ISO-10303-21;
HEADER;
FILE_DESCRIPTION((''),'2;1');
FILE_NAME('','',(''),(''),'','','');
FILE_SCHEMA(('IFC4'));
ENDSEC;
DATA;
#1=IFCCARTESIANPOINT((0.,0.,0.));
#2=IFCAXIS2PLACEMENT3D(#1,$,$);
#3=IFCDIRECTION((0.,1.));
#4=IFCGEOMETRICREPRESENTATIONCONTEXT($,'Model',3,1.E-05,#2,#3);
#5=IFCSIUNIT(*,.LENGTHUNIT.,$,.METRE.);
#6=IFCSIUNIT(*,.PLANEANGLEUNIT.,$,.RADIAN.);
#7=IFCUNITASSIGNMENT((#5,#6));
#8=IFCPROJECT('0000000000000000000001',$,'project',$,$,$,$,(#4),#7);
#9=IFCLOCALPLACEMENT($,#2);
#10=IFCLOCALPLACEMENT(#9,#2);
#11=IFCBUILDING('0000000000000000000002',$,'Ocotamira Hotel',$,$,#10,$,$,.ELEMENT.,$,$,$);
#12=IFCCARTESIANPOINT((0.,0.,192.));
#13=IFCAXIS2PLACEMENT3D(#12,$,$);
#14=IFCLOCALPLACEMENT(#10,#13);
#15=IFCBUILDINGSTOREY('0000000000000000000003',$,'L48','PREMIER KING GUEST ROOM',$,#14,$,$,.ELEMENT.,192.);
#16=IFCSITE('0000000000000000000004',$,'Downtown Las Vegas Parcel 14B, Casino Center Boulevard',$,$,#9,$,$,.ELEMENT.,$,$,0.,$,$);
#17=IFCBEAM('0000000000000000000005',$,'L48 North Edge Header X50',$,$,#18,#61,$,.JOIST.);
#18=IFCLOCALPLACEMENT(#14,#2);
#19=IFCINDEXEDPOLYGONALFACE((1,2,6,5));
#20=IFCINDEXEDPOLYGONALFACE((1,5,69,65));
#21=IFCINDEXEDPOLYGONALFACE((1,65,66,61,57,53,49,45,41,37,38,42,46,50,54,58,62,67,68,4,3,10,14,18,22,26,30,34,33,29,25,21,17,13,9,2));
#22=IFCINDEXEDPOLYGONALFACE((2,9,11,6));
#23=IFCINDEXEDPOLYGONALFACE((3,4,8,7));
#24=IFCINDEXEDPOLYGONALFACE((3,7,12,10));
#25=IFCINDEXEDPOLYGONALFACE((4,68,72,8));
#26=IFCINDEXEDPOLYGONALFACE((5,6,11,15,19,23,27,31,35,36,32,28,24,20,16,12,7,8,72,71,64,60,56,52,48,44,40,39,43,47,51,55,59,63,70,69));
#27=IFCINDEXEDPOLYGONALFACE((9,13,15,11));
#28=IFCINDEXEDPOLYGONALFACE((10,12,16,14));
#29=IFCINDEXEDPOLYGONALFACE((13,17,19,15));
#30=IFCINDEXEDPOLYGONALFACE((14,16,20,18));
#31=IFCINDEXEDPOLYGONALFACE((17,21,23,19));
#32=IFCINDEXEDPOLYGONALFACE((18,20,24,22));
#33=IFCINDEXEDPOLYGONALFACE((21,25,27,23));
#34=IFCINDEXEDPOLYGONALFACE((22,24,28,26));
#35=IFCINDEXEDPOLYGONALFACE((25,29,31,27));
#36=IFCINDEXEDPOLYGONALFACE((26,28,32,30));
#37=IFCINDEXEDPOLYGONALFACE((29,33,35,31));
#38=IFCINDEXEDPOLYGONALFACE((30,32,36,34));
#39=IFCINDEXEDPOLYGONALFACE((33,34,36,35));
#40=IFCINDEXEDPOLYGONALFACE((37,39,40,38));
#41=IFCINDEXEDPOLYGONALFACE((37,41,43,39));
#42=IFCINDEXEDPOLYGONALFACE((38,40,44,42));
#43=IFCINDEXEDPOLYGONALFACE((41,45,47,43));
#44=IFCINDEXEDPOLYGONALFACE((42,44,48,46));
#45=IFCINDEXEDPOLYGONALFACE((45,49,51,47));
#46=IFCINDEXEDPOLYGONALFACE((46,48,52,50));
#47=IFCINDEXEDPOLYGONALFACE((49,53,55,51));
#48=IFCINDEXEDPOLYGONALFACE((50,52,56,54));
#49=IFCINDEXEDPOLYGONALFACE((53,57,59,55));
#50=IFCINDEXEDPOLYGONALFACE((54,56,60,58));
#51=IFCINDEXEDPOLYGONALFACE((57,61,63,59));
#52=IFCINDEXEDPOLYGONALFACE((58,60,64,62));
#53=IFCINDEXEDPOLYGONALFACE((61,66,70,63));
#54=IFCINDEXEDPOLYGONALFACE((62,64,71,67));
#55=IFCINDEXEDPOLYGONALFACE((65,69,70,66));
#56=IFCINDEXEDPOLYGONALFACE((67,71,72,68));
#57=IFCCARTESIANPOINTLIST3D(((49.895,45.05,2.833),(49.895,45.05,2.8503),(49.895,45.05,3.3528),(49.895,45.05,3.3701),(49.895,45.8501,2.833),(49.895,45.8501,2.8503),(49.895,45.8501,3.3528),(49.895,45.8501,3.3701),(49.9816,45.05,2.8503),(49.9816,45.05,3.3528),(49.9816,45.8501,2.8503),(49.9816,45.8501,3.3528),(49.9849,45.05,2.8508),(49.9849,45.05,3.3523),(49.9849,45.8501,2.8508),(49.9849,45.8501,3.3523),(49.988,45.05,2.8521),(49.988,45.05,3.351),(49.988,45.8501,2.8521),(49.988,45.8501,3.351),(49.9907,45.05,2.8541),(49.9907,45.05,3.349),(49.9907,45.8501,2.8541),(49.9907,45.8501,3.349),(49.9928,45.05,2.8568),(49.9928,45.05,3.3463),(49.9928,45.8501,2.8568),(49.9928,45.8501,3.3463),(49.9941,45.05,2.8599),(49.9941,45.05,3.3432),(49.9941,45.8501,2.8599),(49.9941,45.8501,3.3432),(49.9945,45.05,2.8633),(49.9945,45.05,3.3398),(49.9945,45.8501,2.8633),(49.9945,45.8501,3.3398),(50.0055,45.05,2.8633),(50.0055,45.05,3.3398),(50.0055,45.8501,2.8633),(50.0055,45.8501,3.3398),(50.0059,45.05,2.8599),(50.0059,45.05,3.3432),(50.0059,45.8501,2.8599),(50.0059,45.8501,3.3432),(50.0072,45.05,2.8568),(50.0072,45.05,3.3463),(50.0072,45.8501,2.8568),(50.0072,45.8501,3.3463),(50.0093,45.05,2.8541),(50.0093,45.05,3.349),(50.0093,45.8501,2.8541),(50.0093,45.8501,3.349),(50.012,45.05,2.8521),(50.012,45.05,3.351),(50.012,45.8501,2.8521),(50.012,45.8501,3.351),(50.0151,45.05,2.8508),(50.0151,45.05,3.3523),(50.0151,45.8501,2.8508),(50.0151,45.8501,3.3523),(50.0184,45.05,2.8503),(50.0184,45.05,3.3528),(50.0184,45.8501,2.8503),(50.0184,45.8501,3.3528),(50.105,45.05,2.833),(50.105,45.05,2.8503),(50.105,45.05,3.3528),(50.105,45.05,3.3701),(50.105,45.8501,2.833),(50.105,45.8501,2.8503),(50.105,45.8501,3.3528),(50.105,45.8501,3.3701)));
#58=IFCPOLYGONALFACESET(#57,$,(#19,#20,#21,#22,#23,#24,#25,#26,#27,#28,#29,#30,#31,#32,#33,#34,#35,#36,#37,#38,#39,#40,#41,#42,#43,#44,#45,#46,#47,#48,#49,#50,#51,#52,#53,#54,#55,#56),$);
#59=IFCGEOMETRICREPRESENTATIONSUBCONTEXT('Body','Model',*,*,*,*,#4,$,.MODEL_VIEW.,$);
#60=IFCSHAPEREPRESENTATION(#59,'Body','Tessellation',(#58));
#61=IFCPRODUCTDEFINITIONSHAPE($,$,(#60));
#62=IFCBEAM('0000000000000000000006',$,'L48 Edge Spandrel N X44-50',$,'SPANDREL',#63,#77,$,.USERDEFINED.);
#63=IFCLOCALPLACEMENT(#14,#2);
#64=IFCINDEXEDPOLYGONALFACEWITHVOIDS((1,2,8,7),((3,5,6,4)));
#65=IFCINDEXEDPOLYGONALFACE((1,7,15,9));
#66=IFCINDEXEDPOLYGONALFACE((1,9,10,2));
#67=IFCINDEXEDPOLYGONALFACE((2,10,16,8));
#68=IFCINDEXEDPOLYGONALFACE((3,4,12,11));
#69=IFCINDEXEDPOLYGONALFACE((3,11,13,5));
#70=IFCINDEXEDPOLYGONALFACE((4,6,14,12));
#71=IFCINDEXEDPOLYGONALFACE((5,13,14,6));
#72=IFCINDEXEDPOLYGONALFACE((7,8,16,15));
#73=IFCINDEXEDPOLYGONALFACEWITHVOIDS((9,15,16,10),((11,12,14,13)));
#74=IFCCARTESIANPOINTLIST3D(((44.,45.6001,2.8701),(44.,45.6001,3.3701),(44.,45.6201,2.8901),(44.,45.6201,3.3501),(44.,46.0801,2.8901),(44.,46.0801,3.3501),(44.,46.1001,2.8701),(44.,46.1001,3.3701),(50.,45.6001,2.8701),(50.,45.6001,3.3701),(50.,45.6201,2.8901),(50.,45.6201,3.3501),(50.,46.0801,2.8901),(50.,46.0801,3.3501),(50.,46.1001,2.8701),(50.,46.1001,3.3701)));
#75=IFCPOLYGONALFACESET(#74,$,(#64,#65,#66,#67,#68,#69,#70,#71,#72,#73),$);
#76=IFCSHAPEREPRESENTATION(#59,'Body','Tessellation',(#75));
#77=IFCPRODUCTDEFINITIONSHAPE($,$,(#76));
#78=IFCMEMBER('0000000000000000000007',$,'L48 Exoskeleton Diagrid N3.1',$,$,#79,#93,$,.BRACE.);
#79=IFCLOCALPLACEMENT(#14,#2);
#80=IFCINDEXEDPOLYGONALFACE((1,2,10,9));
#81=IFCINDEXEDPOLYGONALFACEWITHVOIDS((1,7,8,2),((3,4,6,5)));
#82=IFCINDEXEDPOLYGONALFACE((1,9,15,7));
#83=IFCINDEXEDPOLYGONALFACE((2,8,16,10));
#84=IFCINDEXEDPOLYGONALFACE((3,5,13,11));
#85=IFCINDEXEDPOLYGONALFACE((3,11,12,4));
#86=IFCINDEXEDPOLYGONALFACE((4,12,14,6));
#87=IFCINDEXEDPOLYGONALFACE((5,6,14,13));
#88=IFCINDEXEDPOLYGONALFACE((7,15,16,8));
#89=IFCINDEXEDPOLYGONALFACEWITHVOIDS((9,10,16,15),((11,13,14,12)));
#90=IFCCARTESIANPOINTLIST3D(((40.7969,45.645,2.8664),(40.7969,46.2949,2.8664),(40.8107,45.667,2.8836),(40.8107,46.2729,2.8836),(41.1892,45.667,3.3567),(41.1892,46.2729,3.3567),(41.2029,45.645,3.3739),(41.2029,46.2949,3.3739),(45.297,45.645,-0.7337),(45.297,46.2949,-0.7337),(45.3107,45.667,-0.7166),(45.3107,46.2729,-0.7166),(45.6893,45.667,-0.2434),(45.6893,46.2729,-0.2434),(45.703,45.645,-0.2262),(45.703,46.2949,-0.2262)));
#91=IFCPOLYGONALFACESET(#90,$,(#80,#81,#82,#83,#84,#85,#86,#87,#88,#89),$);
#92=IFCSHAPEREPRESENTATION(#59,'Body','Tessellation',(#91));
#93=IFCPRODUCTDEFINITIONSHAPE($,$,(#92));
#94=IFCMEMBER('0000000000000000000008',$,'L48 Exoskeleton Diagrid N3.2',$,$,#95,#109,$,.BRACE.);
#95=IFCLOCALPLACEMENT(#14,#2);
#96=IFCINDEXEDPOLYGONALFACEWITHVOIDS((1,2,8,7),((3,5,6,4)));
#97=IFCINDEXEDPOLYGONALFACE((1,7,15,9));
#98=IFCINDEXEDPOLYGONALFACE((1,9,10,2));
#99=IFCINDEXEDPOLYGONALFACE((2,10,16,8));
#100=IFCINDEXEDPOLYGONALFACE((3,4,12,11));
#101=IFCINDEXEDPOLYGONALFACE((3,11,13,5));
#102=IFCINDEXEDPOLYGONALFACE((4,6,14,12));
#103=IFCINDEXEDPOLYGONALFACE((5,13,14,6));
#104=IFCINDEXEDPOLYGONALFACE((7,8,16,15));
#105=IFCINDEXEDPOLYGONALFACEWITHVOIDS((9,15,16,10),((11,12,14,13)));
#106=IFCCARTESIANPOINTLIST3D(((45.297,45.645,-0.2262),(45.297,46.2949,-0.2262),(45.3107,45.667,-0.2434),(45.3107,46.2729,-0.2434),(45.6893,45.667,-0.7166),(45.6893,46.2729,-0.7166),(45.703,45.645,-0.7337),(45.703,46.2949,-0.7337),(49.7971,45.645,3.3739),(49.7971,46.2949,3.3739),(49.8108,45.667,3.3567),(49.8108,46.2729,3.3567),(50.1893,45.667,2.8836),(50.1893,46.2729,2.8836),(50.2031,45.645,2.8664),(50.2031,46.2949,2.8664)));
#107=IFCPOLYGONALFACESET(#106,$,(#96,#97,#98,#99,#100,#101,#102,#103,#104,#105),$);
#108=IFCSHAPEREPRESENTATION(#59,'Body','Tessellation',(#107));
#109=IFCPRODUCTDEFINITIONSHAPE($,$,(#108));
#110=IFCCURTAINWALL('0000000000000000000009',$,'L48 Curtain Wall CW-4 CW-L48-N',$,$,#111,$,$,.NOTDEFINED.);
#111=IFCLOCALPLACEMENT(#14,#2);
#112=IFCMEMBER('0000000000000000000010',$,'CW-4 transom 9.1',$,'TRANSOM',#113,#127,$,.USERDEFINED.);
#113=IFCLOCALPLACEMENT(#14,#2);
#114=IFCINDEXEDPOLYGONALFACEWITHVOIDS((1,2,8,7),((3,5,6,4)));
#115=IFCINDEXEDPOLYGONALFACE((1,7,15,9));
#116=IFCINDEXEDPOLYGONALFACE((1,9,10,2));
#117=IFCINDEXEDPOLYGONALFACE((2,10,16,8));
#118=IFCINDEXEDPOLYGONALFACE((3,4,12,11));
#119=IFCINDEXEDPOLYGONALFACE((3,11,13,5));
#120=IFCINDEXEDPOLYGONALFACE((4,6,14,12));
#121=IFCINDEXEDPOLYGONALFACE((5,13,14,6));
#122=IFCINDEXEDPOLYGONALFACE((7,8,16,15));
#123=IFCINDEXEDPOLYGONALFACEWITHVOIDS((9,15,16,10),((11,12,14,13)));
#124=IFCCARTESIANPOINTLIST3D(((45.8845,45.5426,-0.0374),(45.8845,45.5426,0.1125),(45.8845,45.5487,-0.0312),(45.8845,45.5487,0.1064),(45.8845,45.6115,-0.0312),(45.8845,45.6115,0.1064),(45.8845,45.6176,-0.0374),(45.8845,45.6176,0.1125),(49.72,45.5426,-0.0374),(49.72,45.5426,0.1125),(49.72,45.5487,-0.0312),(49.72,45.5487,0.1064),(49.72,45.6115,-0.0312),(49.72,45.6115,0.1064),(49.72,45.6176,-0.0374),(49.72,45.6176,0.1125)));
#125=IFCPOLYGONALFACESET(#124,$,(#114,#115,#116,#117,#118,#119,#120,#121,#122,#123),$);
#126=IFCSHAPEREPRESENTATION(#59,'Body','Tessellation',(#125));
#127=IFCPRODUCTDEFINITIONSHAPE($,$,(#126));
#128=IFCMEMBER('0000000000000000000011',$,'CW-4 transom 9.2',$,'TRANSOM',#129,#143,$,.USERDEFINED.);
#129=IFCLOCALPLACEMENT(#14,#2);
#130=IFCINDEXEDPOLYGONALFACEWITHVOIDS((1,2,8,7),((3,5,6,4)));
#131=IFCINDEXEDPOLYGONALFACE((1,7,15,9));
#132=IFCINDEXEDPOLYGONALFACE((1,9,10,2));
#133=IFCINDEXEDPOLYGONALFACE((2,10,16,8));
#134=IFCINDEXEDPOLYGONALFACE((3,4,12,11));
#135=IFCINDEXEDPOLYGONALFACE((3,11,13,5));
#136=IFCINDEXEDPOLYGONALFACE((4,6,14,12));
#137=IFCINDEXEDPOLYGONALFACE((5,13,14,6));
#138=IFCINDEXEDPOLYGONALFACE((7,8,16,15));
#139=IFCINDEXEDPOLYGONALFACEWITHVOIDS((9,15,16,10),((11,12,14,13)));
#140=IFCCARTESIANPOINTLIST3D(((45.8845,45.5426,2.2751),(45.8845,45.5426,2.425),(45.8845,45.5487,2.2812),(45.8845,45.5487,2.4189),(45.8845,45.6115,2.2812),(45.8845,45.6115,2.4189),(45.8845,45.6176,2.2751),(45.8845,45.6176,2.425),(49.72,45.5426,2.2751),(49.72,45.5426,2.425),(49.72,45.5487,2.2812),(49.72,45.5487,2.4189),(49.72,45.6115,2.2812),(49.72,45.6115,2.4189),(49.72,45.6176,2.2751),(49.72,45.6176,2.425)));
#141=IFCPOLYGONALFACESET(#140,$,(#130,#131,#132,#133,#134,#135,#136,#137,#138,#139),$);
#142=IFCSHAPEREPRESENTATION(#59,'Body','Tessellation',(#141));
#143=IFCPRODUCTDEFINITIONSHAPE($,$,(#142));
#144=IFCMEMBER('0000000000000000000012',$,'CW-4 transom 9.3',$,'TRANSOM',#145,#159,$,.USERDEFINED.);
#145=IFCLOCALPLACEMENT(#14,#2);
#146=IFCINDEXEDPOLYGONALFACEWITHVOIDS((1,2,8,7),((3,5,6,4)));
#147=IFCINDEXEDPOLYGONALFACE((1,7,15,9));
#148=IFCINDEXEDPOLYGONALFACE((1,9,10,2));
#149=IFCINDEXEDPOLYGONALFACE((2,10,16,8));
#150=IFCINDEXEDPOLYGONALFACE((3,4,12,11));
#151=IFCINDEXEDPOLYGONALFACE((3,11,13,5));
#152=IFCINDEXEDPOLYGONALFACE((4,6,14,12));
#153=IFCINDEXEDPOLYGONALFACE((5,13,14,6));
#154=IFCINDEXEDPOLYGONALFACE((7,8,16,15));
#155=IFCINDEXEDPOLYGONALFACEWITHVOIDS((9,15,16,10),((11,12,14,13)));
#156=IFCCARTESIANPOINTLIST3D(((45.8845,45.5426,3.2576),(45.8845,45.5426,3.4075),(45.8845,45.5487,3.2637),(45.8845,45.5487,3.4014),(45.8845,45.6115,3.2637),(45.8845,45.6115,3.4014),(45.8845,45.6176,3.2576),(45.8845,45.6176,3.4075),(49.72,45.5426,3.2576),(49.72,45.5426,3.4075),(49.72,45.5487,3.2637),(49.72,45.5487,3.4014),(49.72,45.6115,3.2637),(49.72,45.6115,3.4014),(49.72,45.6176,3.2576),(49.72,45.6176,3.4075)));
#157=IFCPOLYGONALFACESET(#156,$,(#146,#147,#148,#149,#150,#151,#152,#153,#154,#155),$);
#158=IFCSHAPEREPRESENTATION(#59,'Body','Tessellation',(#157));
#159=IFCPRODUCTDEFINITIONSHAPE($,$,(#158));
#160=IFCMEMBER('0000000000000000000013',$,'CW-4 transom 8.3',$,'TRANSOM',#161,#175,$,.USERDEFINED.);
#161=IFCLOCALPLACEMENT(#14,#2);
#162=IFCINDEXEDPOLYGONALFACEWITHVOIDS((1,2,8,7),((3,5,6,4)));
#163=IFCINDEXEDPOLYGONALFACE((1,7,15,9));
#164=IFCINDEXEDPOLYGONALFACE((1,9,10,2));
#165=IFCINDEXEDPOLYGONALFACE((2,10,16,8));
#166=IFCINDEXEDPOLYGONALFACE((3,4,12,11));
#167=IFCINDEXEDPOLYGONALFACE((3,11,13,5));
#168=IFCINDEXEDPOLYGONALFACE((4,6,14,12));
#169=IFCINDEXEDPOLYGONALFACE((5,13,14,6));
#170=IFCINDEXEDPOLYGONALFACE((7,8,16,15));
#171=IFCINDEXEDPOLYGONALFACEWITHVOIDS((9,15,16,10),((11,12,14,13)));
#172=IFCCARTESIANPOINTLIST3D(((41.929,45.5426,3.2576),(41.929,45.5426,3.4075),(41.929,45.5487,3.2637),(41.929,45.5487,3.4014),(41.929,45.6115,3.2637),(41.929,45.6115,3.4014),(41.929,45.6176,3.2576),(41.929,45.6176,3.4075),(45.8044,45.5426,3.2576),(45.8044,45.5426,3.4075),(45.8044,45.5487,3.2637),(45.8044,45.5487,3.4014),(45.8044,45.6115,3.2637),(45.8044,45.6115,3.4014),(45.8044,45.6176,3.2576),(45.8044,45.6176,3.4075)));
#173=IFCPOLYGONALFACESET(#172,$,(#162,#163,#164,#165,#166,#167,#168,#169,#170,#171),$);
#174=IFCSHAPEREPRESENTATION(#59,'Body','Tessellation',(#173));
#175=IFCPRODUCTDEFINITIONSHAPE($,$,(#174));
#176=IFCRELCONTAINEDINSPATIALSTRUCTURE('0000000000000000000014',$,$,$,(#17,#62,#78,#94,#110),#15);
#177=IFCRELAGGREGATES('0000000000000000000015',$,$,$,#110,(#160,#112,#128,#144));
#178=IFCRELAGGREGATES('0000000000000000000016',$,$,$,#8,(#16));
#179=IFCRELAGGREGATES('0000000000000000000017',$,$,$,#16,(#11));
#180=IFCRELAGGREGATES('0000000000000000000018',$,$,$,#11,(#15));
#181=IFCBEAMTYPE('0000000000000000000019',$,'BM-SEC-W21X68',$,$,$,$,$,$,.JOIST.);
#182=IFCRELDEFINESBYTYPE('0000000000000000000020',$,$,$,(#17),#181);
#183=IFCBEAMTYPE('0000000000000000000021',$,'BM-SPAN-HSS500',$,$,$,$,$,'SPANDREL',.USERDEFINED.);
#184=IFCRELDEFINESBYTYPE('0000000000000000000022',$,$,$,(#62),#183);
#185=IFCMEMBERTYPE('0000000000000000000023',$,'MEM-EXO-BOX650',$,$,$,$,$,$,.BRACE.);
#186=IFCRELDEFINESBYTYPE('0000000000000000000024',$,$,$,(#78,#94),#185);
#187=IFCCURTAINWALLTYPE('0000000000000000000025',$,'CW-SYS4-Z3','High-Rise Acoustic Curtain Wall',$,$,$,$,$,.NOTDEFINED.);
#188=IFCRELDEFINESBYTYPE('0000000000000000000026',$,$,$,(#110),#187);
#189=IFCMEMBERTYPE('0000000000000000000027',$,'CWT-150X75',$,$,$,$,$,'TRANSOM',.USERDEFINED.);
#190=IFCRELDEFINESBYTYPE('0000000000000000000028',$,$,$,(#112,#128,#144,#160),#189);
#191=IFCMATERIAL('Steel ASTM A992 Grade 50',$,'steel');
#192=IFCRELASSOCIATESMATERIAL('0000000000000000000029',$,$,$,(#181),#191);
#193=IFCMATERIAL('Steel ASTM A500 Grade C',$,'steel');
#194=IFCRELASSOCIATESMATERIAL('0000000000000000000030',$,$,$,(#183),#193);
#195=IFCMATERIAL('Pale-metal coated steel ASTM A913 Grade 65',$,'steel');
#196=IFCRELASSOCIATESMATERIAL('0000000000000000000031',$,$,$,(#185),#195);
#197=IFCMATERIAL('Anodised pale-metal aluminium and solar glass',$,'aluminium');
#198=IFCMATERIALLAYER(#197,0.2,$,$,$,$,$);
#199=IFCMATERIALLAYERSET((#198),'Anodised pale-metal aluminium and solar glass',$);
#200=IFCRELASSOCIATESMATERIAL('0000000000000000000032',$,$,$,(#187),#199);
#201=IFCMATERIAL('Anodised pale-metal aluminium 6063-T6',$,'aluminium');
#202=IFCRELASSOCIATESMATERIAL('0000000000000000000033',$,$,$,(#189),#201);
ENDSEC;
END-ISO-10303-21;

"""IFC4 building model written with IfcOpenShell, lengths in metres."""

from ifc_helpers import new_model, si_unit, direction, frame, origin, origin_2d, place, context, subcontext, project, spatial, hollow_rectangle, i_section, extrude, source, transform, mapped, material, layer, layer_set, material_profile, profile_set, type_object, element, aggregate, save


model = new_model("IFC4")

# Units and contexts
model_context = context("Model", 3, precision=1e-05, world=origin(), true_north=direction((0.0, 1.0)))
body_context = subcontext(model_context, "Body", "Model", "MODEL_VIEW")
ifc_project = project(units=[si_unit("LENGTHUNIT", "METRE"), si_unit("PLANEANGLEUNIT", "RADIAN")], contexts=[model_context])

# Site, building, storey
site_placement = place(None, origin())
site = spatial("IfcSite", under=ifc_project, at=site_placement, Name="Downtown Las Vegas Parcel 14B, Casino Center Boulevard", CompositionType="ELEMENT", RefElevation=0.0)
building_placement = place(site_placement, origin())
building = spatial("IfcBuilding", under=site, at=building_placement, Name="Ocotamira Hotel", CompositionType="ELEMENT")
storey_placement = place(building_placement, frame((0.0, 0.0, 192.0)))
storey = spatial("IfcBuildingStorey", under=building, at=storey_placement, Name="L48", Description="PREMIER KING GUEST ROOM", CompositionType="ELEMENT", Elevation=192.0)

# Beams
ifc_material_1 = material(Name="Steel ASTM A992 Grade 50", Category="steel")
ifc_material_profile_1 = material_profile(ifc_material_1, i_section(OverallWidth=0.21, OverallDepth=0.5371, WebThickness=0.011, FlangeThickness=0.0173, FilletRadius=0.0129, at=origin_2d()), Name="W21X68")
ifc_profile_set_1 = profile_set([ifc_material_profile_1], Name="Steel ASTM A992 Grade 50")
beam_type_1 = type_object("IfcBeamType", Name="BM-SEC-W21X68", PredefinedType="JOIST", material=ifc_profile_set_1)
shared_shape_1 = source(origin(), body_context, "Body", "SweptSolid", [
    extrude(i_section(OverallWidth=0.21, OverallDepth=0.5371, WebThickness=0.011, FlangeThickness=0.0173, FilletRadius=0.0129, at=origin_2d()), origin(), (0.0, 0.0, 1.0), 0.8),
])
for number, where, z_axis, x_axis, name in (
    (1, (50.0, 45.05, 3.1016), (0.0, 1.0, 0.0), (-1.0, 0.0, 0.0), "L48 North Edge Header X50"),
):
    element("IfcBeam", number, at=place(storey_placement, frame(where, z_axis=z_axis, x_axis=x_axis)), inside=storey, type_object=beam_type_1, Name=name, PredefinedType="JOIST", context=body_context, shape_type="MappedRepresentation", body=[
        mapped(shared_shape_1, transform((0.0, 0.0, 0.0), scale=1.0)),
    ])
ifc_material_2 = material(Name="Steel ASTM A500 Grade C", Category="steel")
ifc_material_profile_2 = material_profile(ifc_material_2, hollow_rectangle(XDim=0.5, YDim=0.5, WallThickness=0.02, at=origin_2d()), Name="HSS500X500X20")
ifc_profile_set_2 = profile_set([ifc_material_profile_2], Name="Steel ASTM A500 Grade C")
beam_type_2 = type_object("IfcBeamType", Name="BM-SPAN-HSS500", ElementType="SPANDREL", PredefinedType="USERDEFINED", material=ifc_profile_set_2)
shared_shape_2 = source(origin(), body_context, "Body", "SweptSolid", [
    extrude(hollow_rectangle(XDim=0.5, YDim=0.5, WallThickness=0.02, at=origin_2d()), origin(), (0.0, 0.0, 1.0), 6.0),
])
beam_1_placement = place(storey_placement, frame((44.0, 45.8501, 3.1201), z_axis=(1.0, 0.0, 0.0), x_axis=(0.0, 1.0, 0.0)))
element("IfcBeam", 2, at=beam_1_placement, inside=storey, type_object=beam_type_2, Name="L48 Edge Spandrel N X44-50", ObjectType="SPANDREL", PredefinedType="USERDEFINED", context=body_context, shape_type="MappedRepresentation", body=[
    mapped(shared_shape_2, transform((0.0, 0.0, 0.0), scale=1.0)),
])

# Members
ifc_material_3 = material(Name="Pale-metal coated steel ASTM A913 Grade 65", Category="steel")
ifc_material_profile_3 = material_profile(ifc_material_3, hollow_rectangle(XDim=0.6499, YDim=0.6499, WallThickness=0.022, at=origin_2d()), Name="BOX650X650X22")
ifc_profile_set_3 = profile_set([ifc_material_profile_3], Name="Pale-metal coated steel ASTM A913 Grade 65")
member_type_1 = type_object("IfcMemberType", Name="MEM-EXO-BOX650", PredefinedType="BRACE", material=ifc_profile_set_3)
shared_shape_3 = source(origin(), body_context, "Body", "SweptSolid", [
    extrude(hollow_rectangle(XDim=0.6499, YDim=0.6499, WallThickness=0.022, at=origin_2d()), origin(), (0.0, 0.0, 1.0), 5.7629),
])
for number, where, z_axis, x_axis, name in (
    (3, (45.5, 45.97, -0.48), (-0.780861, 0.0, 0.624705), (0.0, -1.0, 0.0), "L48 Exoskeleton Diagrid N3.1"),
    (4, (45.5, 45.97, -0.48), (0.780861, 0.0, 0.624705), (0.0, 1.0, 0.0), "L48 Exoskeleton Diagrid N3.2"),
):
    element("IfcMember", number, at=place(storey_placement, frame(where, z_axis=z_axis, x_axis=x_axis)), inside=storey, type_object=member_type_1, Name=name, PredefinedType="BRACE", context=body_context, shape_type="MappedRepresentation", body=[
        mapped(shared_shape_3, transform((0.0, 0.0, 0.0), scale=1.0)),
    ])

# Curtain wall, members
ifc_material_4 = material(Name="Anodised pale-metal aluminium and solar glass", Category="aluminium")
ifc_layer_1 = layer(ifc_material_4, 0.2)
ifc_layer_set_1 = layer_set([ifc_layer_1], Name="Anodised pale-metal aluminium and solar glass")
curtain_wall_type = type_object("IfcCurtainWallType", Name="CW-SYS4-Z3", Description="High-Rise Acoustic Curtain Wall", PredefinedType="NOTDEFINED", material=ifc_layer_set_1)
curtain_wall_1_placement = place(storey_placement, origin())
curtain_wall_1 = element("IfcCurtainWall", 5, at=curtain_wall_1_placement, inside=storey, type_object=curtain_wall_type, Name="L48 Curtain Wall CW-4 CW-L48-N", PredefinedType="NOTDEFINED")
ifc_material_5 = material(Name="Anodised pale-metal aluminium 6063-T6", Category="aluminium")
ifc_material_profile_4 = material_profile(ifc_material_5, hollow_rectangle(XDim=0.075, YDim=0.1499, WallThickness=0.0061, at=origin_2d()), Name="HSS150X75X6")
ifc_profile_set_4 = profile_set([ifc_material_profile_4], Name="Anodised pale-metal aluminium 6063-T6")
member_type_2 = type_object("IfcMemberType", Name="CWT-150X75", ElementType="TRANSOM", PredefinedType="USERDEFINED", material=ifc_profile_set_4)
shared_shape_4 = source(origin(), body_context, "Body", "SweptSolid", [
    extrude(hollow_rectangle(XDim=0.075, YDim=0.1499, WallThickness=0.0061, at=origin_2d()), origin(), (0.0, 0.0, 1.0), 3.8354),
])
member_1_placement = place(storey_placement, frame((45.8845, 45.5801, 0.0376), z_axis=(1.0, 0.0, 0.0), x_axis=(0.0, 1.0, 0.0)))
member_1 = element("IfcMember", 6, at=member_1_placement, type_object=member_type_2, Name="CW-4 transom 9.1", ObjectType="TRANSOM", PredefinedType="USERDEFINED", context=body_context, shape_type="MappedRepresentation", body=[
    mapped(shared_shape_4, transform((0.0, 0.0, 0.0), scale=1.0)),
])
member_2_placement = place(storey_placement, frame((45.8845, 45.5801, 2.3501), z_axis=(1.0, 0.0, 0.0), x_axis=(0.0, 1.0, 0.0)))
member_2 = element("IfcMember", 7, at=member_2_placement, type_object=member_type_2, Name="CW-4 transom 9.2", ObjectType="TRANSOM", PredefinedType="USERDEFINED", context=body_context, shape_type="MappedRepresentation", body=[
    mapped(shared_shape_4, transform((0.0, 0.0, 0.0), scale=1.0)),
])
member_3_placement = place(storey_placement, frame((45.8845, 45.5801, 3.3325), z_axis=(1.0, 0.0, 0.0), x_axis=(0.0, 1.0, 0.0)))
member_3 = element("IfcMember", 8, at=member_3_placement, type_object=member_type_2, Name="CW-4 transom 9.3", ObjectType="TRANSOM", PredefinedType="USERDEFINED", context=body_context, shape_type="MappedRepresentation", body=[
    mapped(shared_shape_4, transform((0.0, 0.0, 0.0), scale=1.0)),
])
shared_shape_5 = source(origin(), body_context, "Body", "SweptSolid", [
    extrude(hollow_rectangle(XDim=0.075, YDim=0.1499, WallThickness=0.0061, at=origin_2d()), origin(), (0.0, 0.0, 1.0), 3.8755),
])
member_4_placement = place(storey_placement, frame((41.929, 45.5801, 3.3325), z_axis=(1.0, 0.0, 0.0), x_axis=(0.0, 1.0, 0.0)))
member_4 = element("IfcMember", 9, at=member_4_placement, type_object=member_type_2, Name="CW-4 transom 8.3", ObjectType="TRANSOM", PredefinedType="USERDEFINED", context=body_context, shape_type="MappedRepresentation", body=[
    mapped(shared_shape_5, transform((0.0, 0.0, 0.0), scale=1.0)),
])

aggregate(curtain_wall_1, [member_4, member_1, member_2, member_3])

save(model, "model.ifc")
